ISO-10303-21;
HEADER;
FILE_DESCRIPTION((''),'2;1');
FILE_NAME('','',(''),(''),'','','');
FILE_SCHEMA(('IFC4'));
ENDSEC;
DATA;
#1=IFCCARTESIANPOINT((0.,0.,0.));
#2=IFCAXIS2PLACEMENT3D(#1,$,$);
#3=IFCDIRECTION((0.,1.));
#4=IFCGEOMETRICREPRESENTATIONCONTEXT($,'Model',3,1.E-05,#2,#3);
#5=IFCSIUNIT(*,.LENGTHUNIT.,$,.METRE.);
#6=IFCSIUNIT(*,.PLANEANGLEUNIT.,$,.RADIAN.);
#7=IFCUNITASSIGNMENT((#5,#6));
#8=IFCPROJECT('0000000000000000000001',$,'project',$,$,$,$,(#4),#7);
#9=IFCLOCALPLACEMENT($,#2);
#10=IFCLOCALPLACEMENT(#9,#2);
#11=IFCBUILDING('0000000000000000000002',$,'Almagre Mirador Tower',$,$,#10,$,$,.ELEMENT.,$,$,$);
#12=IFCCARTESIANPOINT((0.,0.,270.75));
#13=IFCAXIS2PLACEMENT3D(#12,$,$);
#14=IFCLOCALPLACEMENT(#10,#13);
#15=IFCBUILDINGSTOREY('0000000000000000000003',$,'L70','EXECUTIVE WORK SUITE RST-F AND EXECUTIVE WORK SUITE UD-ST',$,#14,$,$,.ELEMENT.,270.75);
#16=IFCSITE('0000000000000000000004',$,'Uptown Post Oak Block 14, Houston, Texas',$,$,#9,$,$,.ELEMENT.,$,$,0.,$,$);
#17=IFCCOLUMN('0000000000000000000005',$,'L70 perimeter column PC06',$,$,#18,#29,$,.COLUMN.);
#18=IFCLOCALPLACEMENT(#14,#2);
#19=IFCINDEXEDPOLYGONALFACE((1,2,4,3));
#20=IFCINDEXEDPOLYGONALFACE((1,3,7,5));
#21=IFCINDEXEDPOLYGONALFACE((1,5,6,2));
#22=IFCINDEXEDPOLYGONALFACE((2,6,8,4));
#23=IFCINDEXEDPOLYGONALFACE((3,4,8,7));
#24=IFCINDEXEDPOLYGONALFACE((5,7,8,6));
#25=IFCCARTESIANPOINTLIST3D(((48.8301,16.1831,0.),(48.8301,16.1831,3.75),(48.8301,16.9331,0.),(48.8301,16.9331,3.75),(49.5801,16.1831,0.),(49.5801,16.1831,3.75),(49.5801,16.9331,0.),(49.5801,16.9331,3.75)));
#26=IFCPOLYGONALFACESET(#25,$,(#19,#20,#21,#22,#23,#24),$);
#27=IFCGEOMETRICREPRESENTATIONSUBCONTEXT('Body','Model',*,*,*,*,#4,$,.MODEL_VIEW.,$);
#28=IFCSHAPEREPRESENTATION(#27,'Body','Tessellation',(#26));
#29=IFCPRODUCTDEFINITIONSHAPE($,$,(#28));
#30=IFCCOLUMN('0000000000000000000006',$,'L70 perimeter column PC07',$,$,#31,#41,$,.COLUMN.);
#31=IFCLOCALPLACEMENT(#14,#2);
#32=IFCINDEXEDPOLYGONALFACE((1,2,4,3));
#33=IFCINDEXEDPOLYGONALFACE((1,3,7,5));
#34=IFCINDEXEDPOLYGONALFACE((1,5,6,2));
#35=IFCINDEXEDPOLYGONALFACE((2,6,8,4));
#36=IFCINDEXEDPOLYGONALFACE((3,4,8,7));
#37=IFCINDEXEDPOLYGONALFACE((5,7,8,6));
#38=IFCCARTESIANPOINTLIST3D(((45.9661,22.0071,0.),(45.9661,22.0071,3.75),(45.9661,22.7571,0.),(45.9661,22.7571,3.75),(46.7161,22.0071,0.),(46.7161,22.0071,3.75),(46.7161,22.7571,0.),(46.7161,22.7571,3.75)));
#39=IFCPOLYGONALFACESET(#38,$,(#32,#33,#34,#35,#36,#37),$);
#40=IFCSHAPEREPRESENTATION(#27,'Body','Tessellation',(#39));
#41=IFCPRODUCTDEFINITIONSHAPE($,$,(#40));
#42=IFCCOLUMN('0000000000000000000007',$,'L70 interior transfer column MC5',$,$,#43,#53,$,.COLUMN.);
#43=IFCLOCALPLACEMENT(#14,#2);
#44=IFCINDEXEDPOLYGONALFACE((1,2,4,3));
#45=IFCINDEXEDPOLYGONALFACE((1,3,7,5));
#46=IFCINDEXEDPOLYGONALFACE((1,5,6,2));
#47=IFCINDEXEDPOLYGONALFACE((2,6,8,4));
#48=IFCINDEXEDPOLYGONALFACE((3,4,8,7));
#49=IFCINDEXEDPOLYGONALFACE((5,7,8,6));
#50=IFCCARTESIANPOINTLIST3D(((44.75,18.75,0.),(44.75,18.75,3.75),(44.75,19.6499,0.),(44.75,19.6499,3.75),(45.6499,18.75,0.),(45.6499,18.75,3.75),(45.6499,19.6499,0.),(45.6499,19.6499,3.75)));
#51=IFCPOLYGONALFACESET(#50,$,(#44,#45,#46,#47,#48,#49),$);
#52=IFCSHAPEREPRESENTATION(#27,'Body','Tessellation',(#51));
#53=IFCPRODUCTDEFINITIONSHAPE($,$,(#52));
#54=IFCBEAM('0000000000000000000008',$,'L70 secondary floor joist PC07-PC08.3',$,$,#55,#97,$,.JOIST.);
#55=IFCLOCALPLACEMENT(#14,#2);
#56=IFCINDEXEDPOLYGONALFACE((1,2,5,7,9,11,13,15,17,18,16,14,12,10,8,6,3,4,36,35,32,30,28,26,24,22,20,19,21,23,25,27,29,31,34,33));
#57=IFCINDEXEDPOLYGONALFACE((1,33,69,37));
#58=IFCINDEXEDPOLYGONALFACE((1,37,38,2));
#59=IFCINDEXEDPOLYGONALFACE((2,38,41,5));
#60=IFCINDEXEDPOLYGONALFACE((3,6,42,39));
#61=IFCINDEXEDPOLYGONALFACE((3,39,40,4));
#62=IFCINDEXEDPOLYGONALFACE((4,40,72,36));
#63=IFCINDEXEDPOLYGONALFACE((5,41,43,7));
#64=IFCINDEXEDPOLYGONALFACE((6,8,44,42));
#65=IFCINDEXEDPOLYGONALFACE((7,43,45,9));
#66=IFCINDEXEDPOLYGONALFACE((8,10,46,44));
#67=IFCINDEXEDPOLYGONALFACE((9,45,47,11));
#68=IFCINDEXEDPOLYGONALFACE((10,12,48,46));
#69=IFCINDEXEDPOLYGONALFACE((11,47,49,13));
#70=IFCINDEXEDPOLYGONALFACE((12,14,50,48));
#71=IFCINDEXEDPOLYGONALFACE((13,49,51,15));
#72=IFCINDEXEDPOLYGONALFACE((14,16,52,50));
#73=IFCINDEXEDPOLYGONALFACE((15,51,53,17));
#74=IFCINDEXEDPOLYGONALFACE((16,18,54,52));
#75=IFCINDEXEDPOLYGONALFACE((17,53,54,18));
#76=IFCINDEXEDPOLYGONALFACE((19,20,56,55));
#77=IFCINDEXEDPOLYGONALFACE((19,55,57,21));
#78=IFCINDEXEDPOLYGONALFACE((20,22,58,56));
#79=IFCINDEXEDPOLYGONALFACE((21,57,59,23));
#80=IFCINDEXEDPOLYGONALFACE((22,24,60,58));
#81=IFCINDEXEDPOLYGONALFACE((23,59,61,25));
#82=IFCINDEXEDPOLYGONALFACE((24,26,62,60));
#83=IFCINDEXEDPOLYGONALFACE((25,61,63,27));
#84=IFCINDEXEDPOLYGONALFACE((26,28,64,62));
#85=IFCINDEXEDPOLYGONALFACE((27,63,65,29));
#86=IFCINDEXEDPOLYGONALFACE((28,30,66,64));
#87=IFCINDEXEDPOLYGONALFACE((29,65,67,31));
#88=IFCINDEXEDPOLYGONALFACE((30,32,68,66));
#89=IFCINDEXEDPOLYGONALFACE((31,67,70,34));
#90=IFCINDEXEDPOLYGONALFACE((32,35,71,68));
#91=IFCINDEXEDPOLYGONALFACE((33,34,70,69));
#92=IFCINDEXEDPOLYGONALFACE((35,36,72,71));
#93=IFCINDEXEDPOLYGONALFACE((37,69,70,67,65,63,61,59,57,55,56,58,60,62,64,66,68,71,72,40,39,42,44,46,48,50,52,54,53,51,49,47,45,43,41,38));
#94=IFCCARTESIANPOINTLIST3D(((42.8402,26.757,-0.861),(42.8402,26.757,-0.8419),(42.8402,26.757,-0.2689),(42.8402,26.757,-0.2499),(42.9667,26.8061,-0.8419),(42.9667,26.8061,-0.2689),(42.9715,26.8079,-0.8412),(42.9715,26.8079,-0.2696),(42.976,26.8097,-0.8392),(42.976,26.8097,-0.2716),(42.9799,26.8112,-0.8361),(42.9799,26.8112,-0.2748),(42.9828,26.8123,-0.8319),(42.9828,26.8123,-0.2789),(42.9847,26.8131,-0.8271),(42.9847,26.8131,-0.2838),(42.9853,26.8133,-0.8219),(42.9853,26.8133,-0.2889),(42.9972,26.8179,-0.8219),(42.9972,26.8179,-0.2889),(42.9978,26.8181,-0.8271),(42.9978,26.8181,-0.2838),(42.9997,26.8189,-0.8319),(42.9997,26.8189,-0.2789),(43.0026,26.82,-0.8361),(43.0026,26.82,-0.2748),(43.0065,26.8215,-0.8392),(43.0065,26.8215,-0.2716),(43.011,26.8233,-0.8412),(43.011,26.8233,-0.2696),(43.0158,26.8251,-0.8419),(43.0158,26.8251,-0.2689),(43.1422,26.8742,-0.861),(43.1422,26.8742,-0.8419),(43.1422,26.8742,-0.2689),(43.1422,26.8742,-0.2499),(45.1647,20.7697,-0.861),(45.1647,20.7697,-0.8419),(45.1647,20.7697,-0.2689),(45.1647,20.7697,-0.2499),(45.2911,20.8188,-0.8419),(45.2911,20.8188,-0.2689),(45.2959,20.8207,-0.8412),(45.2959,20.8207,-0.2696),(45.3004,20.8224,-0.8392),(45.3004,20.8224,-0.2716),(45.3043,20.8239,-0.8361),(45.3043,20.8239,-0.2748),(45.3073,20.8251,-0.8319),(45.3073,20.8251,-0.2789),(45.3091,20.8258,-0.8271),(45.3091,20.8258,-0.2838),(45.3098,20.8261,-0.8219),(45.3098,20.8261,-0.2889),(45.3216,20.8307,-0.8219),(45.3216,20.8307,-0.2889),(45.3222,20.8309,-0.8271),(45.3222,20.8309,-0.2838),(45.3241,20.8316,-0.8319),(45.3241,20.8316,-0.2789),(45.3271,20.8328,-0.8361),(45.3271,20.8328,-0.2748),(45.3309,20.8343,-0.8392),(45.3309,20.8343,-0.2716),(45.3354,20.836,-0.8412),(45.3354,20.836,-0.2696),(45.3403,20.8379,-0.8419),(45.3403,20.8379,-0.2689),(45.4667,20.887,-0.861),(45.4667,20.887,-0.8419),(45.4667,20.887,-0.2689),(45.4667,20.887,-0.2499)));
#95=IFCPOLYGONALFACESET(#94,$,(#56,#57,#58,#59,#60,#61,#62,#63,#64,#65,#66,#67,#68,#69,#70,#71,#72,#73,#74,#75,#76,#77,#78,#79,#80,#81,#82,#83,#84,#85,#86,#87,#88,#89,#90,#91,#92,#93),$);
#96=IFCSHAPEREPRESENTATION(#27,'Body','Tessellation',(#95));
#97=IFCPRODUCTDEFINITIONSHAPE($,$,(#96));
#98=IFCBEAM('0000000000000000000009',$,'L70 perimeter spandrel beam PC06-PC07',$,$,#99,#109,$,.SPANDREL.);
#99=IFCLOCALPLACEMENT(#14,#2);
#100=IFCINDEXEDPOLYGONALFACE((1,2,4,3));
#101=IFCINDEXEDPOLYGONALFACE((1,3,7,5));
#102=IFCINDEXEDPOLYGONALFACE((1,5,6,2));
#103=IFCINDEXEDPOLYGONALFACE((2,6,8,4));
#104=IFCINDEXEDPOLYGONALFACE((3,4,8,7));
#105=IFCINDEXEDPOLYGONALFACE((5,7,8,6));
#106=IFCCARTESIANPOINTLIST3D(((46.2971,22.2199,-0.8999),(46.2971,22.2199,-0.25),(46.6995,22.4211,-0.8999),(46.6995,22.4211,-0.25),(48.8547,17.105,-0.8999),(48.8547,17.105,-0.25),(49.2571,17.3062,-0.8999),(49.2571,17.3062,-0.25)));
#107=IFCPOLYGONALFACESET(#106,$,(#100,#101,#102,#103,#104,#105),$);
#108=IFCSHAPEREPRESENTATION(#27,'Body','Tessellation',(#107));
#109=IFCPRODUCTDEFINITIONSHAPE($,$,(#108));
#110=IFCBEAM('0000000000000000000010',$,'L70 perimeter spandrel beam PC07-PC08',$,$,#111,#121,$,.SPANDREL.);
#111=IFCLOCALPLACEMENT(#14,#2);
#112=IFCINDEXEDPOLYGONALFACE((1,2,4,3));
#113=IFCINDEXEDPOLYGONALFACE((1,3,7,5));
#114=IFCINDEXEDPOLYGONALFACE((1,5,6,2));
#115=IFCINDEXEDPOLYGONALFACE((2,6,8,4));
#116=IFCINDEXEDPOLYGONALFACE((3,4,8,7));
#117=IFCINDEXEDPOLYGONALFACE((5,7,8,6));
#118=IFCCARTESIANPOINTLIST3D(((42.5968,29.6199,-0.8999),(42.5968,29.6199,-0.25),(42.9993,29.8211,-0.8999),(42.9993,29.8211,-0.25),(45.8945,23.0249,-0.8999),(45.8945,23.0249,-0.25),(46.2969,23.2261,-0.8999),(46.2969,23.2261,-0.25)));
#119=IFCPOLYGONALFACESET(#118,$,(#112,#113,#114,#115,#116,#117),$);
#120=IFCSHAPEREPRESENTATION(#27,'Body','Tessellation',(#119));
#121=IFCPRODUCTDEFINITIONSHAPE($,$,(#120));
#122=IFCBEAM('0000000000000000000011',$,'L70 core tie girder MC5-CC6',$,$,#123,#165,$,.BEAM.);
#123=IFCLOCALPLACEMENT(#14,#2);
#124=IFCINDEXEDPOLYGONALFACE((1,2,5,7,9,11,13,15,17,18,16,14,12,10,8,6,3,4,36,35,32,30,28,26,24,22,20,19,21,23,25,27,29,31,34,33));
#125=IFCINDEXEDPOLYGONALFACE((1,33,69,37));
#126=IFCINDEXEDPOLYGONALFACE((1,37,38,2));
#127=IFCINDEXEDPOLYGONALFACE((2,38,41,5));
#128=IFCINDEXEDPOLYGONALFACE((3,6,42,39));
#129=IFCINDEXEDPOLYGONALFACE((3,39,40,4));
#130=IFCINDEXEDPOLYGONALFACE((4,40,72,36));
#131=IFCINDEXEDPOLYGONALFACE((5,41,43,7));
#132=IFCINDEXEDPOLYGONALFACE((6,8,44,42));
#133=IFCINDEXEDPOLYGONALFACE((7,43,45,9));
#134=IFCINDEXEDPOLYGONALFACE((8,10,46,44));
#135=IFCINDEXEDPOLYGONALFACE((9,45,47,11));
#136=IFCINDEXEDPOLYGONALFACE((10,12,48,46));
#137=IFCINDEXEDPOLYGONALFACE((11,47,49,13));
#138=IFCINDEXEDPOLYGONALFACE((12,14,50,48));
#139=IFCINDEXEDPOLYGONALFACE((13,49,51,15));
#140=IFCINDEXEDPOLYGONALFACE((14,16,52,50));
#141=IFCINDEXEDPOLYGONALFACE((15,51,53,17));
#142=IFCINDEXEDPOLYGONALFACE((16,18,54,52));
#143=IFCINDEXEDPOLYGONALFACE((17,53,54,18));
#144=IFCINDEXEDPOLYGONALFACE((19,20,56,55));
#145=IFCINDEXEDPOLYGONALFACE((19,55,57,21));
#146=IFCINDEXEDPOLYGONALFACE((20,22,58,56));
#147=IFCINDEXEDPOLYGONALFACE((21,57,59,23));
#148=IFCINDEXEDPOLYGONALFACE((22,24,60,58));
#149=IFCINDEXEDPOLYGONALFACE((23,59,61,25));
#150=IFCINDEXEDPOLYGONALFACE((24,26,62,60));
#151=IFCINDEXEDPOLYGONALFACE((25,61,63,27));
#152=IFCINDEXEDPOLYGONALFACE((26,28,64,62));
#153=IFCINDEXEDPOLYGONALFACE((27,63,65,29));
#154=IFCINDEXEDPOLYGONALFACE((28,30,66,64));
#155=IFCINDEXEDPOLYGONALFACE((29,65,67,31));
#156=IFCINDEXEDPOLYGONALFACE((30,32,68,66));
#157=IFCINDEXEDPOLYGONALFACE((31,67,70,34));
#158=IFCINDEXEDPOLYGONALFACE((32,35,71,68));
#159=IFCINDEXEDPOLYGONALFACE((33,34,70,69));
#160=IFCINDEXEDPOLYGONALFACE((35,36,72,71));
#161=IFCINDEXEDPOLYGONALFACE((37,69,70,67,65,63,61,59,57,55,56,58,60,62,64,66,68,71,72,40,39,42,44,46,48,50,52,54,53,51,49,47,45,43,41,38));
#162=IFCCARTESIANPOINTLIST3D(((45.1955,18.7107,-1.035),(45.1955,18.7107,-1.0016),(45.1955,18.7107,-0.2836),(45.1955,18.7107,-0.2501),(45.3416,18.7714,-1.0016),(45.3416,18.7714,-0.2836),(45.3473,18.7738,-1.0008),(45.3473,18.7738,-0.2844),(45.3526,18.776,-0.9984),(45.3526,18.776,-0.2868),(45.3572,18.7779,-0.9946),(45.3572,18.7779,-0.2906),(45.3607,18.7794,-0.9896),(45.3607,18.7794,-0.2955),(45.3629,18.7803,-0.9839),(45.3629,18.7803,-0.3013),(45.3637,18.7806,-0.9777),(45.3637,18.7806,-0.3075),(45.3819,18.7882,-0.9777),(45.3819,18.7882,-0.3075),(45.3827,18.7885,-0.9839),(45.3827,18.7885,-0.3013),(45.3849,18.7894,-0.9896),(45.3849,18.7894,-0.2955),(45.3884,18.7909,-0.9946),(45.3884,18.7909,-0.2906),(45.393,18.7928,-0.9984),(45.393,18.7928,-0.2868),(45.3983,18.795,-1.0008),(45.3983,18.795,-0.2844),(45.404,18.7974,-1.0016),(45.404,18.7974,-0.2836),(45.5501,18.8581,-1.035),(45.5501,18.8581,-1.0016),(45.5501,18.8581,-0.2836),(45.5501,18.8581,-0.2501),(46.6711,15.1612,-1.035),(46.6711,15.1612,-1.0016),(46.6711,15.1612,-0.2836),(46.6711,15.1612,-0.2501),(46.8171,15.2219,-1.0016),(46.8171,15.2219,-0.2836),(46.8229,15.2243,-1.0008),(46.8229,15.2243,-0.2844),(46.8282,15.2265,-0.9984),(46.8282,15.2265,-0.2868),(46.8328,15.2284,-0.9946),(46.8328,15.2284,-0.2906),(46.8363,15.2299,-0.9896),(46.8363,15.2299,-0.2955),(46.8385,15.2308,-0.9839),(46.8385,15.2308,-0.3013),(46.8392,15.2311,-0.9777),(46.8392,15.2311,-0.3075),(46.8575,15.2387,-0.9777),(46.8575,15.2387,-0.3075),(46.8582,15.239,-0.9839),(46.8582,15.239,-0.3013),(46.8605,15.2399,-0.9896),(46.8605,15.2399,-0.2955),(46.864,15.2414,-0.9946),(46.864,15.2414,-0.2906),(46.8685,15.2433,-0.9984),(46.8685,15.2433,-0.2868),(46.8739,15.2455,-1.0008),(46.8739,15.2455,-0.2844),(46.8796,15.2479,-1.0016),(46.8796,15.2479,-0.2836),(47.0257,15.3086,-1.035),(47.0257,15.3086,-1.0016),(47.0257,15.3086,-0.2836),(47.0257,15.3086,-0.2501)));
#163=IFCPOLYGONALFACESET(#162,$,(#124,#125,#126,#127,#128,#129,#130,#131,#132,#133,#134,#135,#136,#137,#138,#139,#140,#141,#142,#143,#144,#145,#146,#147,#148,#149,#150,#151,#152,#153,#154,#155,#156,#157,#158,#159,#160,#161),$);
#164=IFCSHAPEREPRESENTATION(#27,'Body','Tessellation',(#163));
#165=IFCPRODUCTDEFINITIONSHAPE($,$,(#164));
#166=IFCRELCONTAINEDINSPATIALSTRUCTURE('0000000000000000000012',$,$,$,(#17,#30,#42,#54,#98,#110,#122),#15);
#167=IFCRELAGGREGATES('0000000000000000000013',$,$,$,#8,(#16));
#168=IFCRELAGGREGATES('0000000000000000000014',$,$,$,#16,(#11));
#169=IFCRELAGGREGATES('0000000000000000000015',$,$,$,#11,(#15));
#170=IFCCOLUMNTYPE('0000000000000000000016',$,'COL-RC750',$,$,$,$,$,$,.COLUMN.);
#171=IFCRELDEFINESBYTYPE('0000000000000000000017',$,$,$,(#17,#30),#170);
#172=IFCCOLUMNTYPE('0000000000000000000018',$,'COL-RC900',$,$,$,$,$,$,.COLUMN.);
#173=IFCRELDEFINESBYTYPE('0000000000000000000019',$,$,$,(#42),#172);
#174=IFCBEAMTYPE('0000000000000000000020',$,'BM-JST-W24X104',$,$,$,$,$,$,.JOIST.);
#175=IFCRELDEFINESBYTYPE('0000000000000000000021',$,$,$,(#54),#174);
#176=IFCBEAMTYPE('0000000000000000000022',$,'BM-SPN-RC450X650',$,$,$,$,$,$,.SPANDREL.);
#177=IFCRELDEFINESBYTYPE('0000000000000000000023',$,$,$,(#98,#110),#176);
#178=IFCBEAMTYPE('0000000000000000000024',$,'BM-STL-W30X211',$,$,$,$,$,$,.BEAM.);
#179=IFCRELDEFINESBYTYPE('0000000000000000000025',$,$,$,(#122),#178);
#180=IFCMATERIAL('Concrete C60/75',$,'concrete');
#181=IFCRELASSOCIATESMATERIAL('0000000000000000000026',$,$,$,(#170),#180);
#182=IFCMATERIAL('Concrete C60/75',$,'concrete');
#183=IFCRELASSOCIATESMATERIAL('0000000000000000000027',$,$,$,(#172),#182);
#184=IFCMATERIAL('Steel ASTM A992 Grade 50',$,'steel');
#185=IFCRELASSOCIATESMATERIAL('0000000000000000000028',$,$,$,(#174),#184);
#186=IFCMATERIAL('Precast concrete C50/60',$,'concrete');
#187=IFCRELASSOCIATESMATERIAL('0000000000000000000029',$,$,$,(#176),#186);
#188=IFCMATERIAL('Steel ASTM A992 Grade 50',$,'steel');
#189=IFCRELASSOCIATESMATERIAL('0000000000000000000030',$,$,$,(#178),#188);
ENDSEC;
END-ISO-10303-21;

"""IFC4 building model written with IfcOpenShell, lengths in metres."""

from ifc_helpers import new_model, si_unit, direction, frame, origin, origin_2d, place, context, subcontext, project, spatial, rectangle, i_section, extrude, material, material_profile, profile_set, type_object, element, save


model = new_model("IFC4")

# Units and contexts
model_context = context("Model", 3, precision=1e-05, world=origin(), true_north=direction((0.0, 1.0)))
body_context = subcontext(model_context, "Body", "Model", "MODEL_VIEW")
ifc_project = project(units=[si_unit("LENGTHUNIT", "METRE"), si_unit("PLANEANGLEUNIT", "RADIAN")], contexts=[model_context])

# Site, building, storey
site_placement = place(None, origin())
site = spatial("IfcSite", under=ifc_project, at=site_placement, Name="Uptown Post Oak Block 14, Houston, Texas", CompositionType="ELEMENT", RefElevation=0.0)
building_placement = place(site_placement, origin())
building = spatial("IfcBuilding", under=site, at=building_placement, Name="Almagre Mirador Tower", CompositionType="ELEMENT")
storey_placement = place(building_placement, frame((0.0, 0.0, 270.75)))
storey = spatial("IfcBuildingStorey", under=building, at=storey_placement, Name="L70", Description="EXECUTIVE WORK SUITE RST-F AND EXECUTIVE WORK SUITE UD-ST", CompositionType="ELEMENT", Elevation=270.75)

# Columns
ifc_material_1 = material(Name="Concrete C60/75", Category="concrete")
ifc_material_profile_1 = material_profile(ifc_material_1, rectangle(XDim=0.75, YDim=0.75, at=origin_2d()), Name="RC750X750")
ifc_profile_set_1 = profile_set([ifc_material_profile_1], Name="Concrete C60/75")
column_type_1 = type_object("IfcColumnType", Name="COL-RC750", PredefinedType="COLUMN", material=ifc_profile_set_1)
for number, where, z_axis, x_axis, name in (
    (1, (49.2051, 16.5581, 0.0), (0.0, 0.0, 1.0), (1.0, 0.0, 0.0), "L70 perimeter column PC06"),
    (2, (46.3411, 22.3821, 0.0), (0.0, 0.0, 1.0), (1.0, 0.0, 0.0), "L70 perimeter column PC07"),
):
    element("IfcColumn", number, at=place(storey_placement, frame(where, z_axis=z_axis, x_axis=x_axis)), inside=storey, type_object=column_type_1, Name=name, PredefinedType="COLUMN", context=body_context, shape_type="SweptSolid", body=[
        extrude(rectangle(XDim=0.75, YDim=0.75, at=origin_2d()), origin(), (0.0, 0.0, 1.0), 3.75),
    ])
ifc_material_2 = material(Name="Concrete C60/75", Category="concrete")
ifc_material_profile_2 = material_profile(ifc_material_2, rectangle(XDim=0.8999, YDim=0.8999, at=origin_2d()), Name="RC900X900")
ifc_profile_set_2 = profile_set([ifc_material_profile_2], Name="Concrete C60/75")
column_type_2 = type_object("IfcColumnType", Name="COL-RC900", PredefinedType="COLUMN", material=ifc_profile_set_2)
column_placement = place(storey_placement, frame((45.2, 19.2, 0.0), z_axis=(0.0, 0.0, 1.0), x_axis=(1.0, 0.0, 0.0)))
element("IfcColumn", 3, at=column_placement, inside=storey, type_object=column_type_2, Name="L70 interior transfer column MC5", PredefinedType="COLUMN", context=body_context, shape_type="SweptSolid", body=[
    extrude(rectangle(XDim=0.8999, YDim=0.8999, at=origin_2d()), origin(), (0.0, 0.0, 1.0), 3.75),
])

# Beams
ifc_material_3 = material(Name="Steel ASTM A992 Grade 50", Category="steel")
ifc_material_profile_3 = material_profile(ifc_material_3, i_section(OverallWidth=0.324, OverallDepth=0.6111, WebThickness=0.0127, FlangeThickness=0.019, FilletRadius=0.02, at=origin_2d()), Name="W24X104")
ifc_profile_set_3 = profile_set([ifc_material_profile_3], Name="Steel ASTM A992 Grade 50")
beam_type_1 = type_object("IfcBeamType", Name="BM-JST-W24X104", PredefinedType="JOIST", material=ifc_profile_set_3)
beam_1_placement = place(storey_placement, frame((45.3157, 20.8284, -0.5554), z_axis=(-0.361914, 0.932211, 0.0), x_axis=(-0.932211, -0.361914, 0.0)))
element("IfcBeam", 4, at=beam_1_placement, inside=storey, type_object=beam_type_1, Name="L70 secondary floor joist PC07-PC08.3", PredefinedType="JOIST", context=body_context, shape_type="SweptSolid", body=[
    extrude(i_section(OverallWidth=0.324, OverallDepth=0.6111, WebThickness=0.0127, FlangeThickness=0.019, FilletRadius=0.02, at=origin_2d()), origin(), (0.0, 0.0, 1.0), 6.4226),
])
ifc_material_4 = material(Name="Precast concrete C50/60", Category="concrete")
ifc_material_profile_4 = material_profile(ifc_material_4, rectangle(XDim=0.45, YDim=0.6499, at=origin_2d()), Name="RC450X650")
ifc_profile_set_4 = profile_set([ifc_material_profile_4], Name="Precast concrete C50/60")
beam_type_2 = type_object("IfcBeamType", Name="BM-SPN-RC450X650", PredefinedType="SPANDREL", material=ifc_profile_set_4)
beam_2_placement = place(storey_placement, frame((49.0559, 17.2056, -0.575), z_axis=(-0.447231, 0.894419, 0.0), x_axis=(-0.894419, -0.447231, 0.0)))
element("IfcBeam", 5, at=beam_2_placement, inside=storey, type_object=beam_type_2, Name="L70 perimeter spandrel beam PC06-PC07", PredefinedType="SPANDREL", context=body_context, shape_type="SweptSolid", body=[
    extrude(rectangle(XDim=0.45, YDim=0.6499, at=origin_2d()), origin(), (0.0, 0.0, 1.0), 5.7188),
])
beam_3_placement = place(storey_placement, frame((46.0957, 23.1255, -0.575), z_axis=(-0.447227, 0.894421, 0.0), x_axis=(-0.894421, -0.447227, 0.0)))
element("IfcBeam", 6, at=beam_3_placement, inside=storey, type_object=beam_type_2, Name="L70 perimeter spandrel beam PC07-PC08", PredefinedType="SPANDREL", context=body_context, shape_type="SweptSolid", body=[
    extrude(rectangle(XDim=0.45, YDim=0.6499, at=origin_2d()), origin(), (0.0, 0.0, 1.0), 7.3735),
])
ifc_material_5 = material(Name="Steel ASTM A992 Grade 50", Category="steel")
ifc_material_profile_5 = material_profile(ifc_material_5, i_section(OverallWidth=0.384, OverallDepth=0.7849, WebThickness=0.0198, FlangeThickness=0.0334, FilletRadius=0.0239, at=origin_2d()), Name="W30X211")
ifc_profile_set_5 = profile_set([ifc_material_profile_5], Name="Steel ASTM A992 Grade 50")
beam_type_3 = type_object("IfcBeamType", Name="BM-STL-W30X211", PredefinedType="BEAM", material=ifc_profile_set_5)
beam_4_placement = place(storey_placement, frame((45.3728, 18.7844, -0.6426), z_axis=(0.383862, -0.92339, 0.0), x_axis=(0.92339, 0.383862, 0.0)))
element("IfcBeam", 7, at=beam_4_placement, inside=storey, type_object=beam_type_3, Name="L70 core tie girder MC5-CC6", PredefinedType="BEAM", context=body_context, shape_type="SweptSolid", body=[
    extrude(i_section(OverallWidth=0.384, OverallDepth=0.7849, WebThickness=0.0198, FlangeThickness=0.0334, FilletRadius=0.0239, at=origin_2d()), origin(), (0.0, 0.0, 1.0), 3.844),
])

save(model, "model.ifc")
